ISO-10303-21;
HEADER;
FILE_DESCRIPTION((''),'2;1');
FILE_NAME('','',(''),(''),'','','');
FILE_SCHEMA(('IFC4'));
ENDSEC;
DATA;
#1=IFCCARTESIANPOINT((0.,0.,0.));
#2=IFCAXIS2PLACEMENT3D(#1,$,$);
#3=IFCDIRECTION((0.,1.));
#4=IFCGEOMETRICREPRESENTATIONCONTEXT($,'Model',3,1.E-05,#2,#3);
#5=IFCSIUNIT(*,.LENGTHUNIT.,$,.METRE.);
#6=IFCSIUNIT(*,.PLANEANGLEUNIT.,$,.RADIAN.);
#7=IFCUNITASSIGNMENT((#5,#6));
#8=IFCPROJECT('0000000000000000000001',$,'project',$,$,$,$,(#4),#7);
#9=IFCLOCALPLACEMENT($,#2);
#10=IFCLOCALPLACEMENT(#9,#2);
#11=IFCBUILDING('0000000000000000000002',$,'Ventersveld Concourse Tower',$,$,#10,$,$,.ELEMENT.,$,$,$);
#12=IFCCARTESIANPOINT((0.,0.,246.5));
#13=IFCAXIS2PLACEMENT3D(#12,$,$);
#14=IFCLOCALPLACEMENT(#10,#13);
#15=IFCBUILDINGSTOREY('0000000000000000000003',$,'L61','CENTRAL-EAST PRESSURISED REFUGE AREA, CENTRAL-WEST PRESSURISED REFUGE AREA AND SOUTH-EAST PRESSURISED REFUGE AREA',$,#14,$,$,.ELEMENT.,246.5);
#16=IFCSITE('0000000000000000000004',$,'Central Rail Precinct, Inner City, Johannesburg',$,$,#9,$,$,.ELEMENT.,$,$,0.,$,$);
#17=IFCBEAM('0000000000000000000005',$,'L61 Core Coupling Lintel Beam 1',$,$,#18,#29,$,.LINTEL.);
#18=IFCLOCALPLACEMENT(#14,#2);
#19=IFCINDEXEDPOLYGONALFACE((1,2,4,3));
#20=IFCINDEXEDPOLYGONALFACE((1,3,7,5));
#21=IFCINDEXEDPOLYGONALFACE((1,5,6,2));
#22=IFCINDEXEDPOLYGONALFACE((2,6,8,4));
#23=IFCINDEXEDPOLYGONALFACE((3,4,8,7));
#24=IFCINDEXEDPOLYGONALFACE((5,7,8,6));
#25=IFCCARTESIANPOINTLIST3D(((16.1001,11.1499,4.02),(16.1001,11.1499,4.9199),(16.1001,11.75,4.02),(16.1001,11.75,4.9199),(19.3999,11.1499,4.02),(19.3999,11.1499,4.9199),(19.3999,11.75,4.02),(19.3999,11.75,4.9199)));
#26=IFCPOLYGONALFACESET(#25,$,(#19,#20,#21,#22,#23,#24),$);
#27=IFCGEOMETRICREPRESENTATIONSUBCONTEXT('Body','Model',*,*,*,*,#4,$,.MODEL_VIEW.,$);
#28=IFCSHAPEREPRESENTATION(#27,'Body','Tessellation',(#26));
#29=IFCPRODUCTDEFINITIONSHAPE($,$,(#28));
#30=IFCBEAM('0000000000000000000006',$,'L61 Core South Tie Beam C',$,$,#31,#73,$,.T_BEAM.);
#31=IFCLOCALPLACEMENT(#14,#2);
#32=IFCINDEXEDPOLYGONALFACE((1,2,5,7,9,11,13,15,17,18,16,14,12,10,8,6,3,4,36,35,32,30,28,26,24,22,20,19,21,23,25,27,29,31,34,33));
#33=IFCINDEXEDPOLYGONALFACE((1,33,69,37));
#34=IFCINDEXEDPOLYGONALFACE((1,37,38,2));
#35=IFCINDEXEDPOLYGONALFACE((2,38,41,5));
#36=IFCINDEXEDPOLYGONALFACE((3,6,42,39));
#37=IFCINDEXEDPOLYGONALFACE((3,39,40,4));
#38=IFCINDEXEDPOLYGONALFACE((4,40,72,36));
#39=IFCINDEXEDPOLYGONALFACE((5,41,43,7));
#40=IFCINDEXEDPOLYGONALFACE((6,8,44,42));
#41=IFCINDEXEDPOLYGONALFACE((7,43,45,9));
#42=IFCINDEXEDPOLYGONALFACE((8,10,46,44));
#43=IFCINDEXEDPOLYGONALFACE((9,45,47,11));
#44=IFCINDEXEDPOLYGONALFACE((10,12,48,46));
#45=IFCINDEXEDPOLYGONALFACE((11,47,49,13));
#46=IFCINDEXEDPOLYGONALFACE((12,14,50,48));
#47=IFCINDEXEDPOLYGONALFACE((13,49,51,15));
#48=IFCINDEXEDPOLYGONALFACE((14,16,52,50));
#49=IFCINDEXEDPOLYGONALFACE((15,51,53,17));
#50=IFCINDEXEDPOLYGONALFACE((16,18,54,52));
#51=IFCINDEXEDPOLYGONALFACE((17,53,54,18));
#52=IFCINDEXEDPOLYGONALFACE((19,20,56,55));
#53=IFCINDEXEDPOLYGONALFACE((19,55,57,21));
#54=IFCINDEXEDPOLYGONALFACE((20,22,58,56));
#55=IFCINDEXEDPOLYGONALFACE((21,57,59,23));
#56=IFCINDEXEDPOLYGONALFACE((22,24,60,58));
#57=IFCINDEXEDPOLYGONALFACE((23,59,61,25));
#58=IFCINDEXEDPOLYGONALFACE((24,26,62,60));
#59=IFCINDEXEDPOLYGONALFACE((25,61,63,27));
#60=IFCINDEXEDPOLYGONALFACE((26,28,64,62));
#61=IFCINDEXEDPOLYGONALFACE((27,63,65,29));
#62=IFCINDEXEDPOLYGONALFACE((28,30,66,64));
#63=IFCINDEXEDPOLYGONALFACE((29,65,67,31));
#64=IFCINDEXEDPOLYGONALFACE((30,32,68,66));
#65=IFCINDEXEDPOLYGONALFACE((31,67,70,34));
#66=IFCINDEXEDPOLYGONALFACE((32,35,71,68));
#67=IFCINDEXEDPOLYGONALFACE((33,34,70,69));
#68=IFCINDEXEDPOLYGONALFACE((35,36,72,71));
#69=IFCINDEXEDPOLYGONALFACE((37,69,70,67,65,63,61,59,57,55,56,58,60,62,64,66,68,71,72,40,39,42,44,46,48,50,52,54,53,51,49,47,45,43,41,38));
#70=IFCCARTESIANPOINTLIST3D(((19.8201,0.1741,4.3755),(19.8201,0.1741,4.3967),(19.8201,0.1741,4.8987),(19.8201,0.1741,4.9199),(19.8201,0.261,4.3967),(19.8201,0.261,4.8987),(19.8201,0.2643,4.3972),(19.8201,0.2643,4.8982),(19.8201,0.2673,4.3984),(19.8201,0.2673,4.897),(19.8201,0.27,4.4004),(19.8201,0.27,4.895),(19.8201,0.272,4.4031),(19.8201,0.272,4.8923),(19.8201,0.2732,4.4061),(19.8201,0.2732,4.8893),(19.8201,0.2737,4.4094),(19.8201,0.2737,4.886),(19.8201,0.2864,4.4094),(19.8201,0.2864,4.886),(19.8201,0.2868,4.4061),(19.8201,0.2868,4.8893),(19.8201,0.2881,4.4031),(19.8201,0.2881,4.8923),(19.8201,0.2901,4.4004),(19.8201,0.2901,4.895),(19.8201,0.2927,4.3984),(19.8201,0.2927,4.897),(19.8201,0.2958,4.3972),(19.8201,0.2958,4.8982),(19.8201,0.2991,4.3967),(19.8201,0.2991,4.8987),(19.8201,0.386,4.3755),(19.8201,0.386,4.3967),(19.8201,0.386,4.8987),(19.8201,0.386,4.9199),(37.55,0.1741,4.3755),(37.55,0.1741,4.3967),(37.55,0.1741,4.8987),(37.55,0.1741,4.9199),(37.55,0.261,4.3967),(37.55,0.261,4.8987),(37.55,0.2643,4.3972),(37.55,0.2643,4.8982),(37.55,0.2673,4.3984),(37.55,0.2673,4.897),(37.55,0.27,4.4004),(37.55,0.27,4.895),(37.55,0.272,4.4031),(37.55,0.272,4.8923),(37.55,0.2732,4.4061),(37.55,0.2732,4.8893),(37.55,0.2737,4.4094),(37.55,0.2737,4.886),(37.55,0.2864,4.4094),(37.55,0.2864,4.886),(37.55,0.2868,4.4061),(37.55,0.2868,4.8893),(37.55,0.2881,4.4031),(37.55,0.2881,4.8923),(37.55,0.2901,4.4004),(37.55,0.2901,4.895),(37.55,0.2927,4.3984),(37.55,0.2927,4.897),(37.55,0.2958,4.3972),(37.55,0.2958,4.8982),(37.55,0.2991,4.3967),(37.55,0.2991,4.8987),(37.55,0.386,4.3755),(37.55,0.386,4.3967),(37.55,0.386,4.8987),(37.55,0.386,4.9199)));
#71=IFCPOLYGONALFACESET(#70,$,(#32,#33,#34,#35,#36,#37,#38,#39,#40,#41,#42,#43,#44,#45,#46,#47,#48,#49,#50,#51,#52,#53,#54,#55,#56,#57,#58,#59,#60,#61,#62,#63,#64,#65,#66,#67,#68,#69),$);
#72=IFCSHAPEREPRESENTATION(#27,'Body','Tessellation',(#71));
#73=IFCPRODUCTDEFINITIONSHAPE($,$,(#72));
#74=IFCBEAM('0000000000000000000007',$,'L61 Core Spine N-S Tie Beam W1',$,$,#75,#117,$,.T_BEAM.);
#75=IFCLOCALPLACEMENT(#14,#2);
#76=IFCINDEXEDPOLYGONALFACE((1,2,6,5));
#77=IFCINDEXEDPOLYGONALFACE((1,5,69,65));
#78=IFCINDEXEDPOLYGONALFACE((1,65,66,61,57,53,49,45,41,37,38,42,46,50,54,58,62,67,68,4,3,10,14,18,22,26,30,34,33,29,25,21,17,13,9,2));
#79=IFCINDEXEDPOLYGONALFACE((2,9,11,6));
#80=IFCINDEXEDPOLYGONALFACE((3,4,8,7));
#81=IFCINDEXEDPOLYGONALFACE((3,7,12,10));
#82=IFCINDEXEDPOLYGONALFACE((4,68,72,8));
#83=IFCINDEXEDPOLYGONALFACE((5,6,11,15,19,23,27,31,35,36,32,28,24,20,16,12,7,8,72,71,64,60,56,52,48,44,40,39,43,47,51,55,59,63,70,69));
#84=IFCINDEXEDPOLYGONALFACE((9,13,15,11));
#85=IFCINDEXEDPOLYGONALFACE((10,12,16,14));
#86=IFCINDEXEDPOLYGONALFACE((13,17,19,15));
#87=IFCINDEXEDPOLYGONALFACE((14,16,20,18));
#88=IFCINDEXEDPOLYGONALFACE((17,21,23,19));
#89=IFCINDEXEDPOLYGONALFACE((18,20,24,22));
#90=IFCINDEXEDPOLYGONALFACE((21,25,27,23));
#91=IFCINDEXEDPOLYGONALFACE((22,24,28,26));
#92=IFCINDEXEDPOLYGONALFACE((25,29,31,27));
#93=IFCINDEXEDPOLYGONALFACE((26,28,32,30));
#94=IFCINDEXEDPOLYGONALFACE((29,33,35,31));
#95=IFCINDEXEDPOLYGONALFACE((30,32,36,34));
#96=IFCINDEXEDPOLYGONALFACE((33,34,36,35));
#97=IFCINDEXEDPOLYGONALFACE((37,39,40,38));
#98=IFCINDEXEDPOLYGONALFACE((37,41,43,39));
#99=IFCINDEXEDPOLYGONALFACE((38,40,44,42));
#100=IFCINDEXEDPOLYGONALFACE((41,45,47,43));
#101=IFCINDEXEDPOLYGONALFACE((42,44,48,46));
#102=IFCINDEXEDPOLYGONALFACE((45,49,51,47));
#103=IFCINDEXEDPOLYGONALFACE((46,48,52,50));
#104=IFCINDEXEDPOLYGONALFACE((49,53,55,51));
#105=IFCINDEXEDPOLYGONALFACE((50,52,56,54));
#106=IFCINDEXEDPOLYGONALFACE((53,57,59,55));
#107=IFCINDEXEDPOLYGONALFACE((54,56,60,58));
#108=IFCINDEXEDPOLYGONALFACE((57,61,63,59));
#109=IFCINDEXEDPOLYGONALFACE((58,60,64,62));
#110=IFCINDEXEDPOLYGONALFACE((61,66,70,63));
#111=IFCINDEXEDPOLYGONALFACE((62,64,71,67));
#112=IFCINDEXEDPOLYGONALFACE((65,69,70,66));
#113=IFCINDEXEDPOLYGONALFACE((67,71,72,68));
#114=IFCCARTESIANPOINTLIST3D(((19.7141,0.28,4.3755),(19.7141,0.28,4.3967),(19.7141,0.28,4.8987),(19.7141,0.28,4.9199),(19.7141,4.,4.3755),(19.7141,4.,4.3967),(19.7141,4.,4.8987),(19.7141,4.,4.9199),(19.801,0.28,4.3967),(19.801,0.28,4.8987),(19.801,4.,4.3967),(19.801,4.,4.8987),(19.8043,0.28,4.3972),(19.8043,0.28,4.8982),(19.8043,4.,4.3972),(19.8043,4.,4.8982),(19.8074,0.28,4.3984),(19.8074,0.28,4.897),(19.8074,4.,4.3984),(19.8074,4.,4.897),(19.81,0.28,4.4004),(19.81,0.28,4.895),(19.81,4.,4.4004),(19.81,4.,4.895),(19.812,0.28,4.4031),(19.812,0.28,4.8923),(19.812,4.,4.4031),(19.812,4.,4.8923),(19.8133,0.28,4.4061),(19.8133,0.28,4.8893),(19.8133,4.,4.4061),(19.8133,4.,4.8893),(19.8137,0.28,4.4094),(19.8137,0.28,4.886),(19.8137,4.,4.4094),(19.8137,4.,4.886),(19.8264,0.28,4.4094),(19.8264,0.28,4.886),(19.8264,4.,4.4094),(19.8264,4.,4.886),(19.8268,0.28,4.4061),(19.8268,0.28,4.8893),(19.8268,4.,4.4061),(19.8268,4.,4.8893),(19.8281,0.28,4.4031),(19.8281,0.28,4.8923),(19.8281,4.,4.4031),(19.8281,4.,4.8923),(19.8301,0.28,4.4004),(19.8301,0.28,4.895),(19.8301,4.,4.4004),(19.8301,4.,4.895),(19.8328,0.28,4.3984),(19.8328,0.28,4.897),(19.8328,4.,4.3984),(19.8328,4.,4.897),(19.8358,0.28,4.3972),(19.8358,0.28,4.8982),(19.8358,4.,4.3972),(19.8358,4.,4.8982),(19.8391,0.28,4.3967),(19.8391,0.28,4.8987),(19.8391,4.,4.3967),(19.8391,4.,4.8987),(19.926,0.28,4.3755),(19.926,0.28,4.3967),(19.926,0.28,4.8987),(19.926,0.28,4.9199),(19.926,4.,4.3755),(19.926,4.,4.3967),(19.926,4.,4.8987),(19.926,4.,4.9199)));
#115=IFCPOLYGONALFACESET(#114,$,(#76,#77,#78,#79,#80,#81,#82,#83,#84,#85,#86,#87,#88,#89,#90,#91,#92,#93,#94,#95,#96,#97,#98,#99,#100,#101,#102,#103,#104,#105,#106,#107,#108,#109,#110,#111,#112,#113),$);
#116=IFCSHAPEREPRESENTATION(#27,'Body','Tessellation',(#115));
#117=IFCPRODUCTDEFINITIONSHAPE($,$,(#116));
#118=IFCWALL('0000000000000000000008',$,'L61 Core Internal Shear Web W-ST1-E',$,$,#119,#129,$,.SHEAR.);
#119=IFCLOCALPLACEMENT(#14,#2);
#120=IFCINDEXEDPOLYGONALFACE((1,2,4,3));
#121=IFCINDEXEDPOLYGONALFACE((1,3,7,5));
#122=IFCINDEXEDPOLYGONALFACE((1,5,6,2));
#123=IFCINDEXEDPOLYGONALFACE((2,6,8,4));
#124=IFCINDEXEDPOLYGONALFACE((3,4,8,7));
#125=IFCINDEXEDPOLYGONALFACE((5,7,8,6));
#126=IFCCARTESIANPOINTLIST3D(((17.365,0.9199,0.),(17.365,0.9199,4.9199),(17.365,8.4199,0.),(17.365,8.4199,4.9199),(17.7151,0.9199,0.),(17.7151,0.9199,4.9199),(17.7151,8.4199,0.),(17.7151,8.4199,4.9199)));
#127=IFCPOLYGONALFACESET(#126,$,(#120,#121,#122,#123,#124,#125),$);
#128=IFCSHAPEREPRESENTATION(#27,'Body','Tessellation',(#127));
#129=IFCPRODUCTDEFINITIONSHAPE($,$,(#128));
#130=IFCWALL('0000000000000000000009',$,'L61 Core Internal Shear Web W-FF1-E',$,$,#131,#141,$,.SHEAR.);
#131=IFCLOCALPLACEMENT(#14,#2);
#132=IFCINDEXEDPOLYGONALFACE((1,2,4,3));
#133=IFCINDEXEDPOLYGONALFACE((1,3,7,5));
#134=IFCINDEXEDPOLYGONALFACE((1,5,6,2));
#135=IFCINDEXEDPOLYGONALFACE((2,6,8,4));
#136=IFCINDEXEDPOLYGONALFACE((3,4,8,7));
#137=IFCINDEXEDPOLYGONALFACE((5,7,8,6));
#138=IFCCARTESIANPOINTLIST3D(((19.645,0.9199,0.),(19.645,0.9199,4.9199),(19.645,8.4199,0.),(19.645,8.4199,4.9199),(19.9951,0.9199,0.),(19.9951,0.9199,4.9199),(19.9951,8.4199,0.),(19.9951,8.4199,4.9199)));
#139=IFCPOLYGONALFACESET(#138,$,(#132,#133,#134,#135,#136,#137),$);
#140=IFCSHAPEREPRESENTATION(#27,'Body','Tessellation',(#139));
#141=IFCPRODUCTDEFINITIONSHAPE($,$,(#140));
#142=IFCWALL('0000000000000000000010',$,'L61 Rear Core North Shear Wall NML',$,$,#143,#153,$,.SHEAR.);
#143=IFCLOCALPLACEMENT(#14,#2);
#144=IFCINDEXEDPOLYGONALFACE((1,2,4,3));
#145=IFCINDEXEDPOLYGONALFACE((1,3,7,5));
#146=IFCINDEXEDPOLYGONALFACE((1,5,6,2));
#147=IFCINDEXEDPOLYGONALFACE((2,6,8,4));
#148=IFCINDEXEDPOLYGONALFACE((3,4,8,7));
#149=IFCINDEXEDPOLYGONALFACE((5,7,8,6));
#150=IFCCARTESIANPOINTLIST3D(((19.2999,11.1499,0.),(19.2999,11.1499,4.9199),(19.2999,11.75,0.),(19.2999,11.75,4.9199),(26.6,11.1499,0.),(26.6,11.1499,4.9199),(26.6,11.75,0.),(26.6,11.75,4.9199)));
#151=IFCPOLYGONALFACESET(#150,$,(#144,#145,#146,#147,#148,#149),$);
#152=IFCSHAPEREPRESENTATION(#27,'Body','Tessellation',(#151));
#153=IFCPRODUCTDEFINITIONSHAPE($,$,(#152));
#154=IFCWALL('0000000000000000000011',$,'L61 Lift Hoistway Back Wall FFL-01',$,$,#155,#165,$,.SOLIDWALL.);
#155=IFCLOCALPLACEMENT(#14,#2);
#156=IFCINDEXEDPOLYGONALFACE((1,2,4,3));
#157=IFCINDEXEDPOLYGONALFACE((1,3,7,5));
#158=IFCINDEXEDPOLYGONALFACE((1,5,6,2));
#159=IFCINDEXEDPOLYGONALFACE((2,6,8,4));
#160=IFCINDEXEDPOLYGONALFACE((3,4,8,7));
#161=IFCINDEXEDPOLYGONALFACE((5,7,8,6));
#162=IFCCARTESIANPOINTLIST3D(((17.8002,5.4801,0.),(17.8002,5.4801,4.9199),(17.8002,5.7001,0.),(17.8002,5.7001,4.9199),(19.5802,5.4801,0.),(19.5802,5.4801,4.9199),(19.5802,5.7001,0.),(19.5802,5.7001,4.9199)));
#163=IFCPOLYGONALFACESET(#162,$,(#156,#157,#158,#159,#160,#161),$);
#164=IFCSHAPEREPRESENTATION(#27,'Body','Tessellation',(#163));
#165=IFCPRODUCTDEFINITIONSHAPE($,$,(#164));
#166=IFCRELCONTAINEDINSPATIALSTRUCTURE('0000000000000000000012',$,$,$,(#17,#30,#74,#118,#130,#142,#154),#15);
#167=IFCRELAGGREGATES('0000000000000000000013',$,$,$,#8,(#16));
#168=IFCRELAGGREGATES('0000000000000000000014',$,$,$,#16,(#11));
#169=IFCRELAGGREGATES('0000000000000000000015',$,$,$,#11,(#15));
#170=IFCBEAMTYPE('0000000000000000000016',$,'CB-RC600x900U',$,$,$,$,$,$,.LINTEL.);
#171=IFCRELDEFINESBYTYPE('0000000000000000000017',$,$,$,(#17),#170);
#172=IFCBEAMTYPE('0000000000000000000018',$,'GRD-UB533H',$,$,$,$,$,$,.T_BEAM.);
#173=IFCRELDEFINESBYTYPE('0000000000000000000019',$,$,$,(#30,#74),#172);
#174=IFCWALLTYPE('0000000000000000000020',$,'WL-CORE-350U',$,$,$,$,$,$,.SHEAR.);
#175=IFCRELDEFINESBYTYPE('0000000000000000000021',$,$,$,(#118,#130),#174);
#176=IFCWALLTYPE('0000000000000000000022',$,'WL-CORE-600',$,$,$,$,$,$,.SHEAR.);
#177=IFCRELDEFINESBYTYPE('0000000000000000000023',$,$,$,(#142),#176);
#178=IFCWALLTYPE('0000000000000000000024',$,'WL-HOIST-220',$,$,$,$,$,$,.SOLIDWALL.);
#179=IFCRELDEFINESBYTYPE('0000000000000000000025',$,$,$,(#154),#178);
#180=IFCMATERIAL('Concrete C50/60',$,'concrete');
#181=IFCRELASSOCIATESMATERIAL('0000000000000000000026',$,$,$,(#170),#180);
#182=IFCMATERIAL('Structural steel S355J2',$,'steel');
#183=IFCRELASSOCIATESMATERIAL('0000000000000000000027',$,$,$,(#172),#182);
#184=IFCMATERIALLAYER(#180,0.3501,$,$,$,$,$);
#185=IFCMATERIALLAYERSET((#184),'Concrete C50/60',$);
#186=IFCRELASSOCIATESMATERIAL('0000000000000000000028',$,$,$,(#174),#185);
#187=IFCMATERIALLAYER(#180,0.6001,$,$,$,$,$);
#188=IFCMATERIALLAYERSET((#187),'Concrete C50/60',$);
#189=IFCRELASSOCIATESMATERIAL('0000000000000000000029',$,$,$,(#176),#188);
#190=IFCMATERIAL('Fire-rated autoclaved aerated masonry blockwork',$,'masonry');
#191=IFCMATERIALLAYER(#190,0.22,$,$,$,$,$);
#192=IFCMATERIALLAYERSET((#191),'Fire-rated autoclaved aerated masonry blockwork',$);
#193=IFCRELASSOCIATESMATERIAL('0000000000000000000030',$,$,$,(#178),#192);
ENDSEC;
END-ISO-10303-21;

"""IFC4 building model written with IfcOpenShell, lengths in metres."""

from ifc_helpers import new_model, si_unit, direction, frame, frame_2d, origin, origin_2d, place, context, subcontext, project, spatial, rectangle, i_section, extrude, material, layer, layer_set, material_profile, profile_set, type_object, element, save


model = new_model("IFC4")

# Units and contexts
model_context = context("Model", 3, precision=1e-05, world=origin(), true_north=direction((0.0, 1.0)))
body_context = subcontext(model_context, "Body", "Model", "MODEL_VIEW")
ifc_project = project(units=[si_unit("LENGTHUNIT", "METRE"), si_unit("PLANEANGLEUNIT", "RADIAN")], contexts=[model_context])

# Site, building, storey
site_placement = place(None, origin())
site = spatial("IfcSite", under=ifc_project, at=site_placement, Name="Central Rail Precinct, Inner City, Johannesburg", CompositionType="ELEMENT", RefElevation=0.0)
building_placement = place(site_placement, origin())
building = spatial("IfcBuilding", under=site, at=building_placement, Name="Ventersveld Concourse Tower", CompositionType="ELEMENT")
storey_placement = place(building_placement, frame((0.0, 0.0, 246.5)))
storey = spatial("IfcBuildingStorey", under=building, at=storey_placement, Name="L61", Description="CENTRAL-EAST PRESSURISED REFUGE AREA, CENTRAL-WEST PRESSURISED REFUGE AREA AND SOUTH-EAST PRESSURISED REFUGE AREA", CompositionType="ELEMENT", Elevation=246.5)

# Beams
ifc_material_1 = material(Name="Concrete C50/60", Category="concrete")
ifc_material_profile_1 = material_profile(ifc_material_1, rectangle(XDim=0.6001, YDim=0.8999, at=origin_2d()), Name="RC 600x900")
ifc_profile_set_1 = profile_set([ifc_material_profile_1], Name="Concrete C50/60")
beam_type_1 = type_object("IfcBeamType", Name="CB-RC600x900U", PredefinedType="LINTEL", material=ifc_profile_set_1)
beam_1_placement = place(storey_placement, frame((16.1001, 11.45, 4.47), z_axis=(1.0, 0.0, 0.0), x_axis=(0.0, 1.0, 0.0)))
element("IfcBeam", 1, at=beam_1_placement, inside=storey, type_object=beam_type_1, Name="L61 Core Coupling Lintel Beam 1", PredefinedType="LINTEL", context=body_context, shape_type="SweptSolid", body=[
    extrude(rectangle(XDim=0.6001, YDim=0.8999, at=origin_2d()), origin(), (0.0, 0.0, 1.0), 3.2998),
])
ifc_material_2 = material(Name="Structural steel S355J2", Category="steel")
ifc_material_profile_2 = material_profile(ifc_material_2, i_section(OverallWidth=0.2119, OverallDepth=0.5444, WebThickness=0.0127, FlangeThickness=0.0212, FilletRadius=0.0127, at=origin_2d()), Name="UB 533x210x122")
ifc_profile_set_2 = profile_set([ifc_material_profile_2], Name="Structural steel S355J2")
beam_type_2 = type_object("IfcBeamType", Name="GRD-UB533H", PredefinedType="T_BEAM", material=ifc_profile_set_2)
beam_2_placement = place(storey_placement, frame((19.8201, 0.28, 4.6477), z_axis=(1.0, 0.0, 0.0), x_axis=(0.0, 1.0, 0.0)))
element("IfcBeam", 2, at=beam_2_placement, inside=storey, type_object=beam_type_2, Name="L61 Core South Tie Beam C", PredefinedType="T_BEAM", context=body_context, shape_type="SweptSolid", body=[
    extrude(i_section(OverallWidth=0.2119, OverallDepth=0.5444, WebThickness=0.0127, FlangeThickness=0.0212, FilletRadius=0.0127, at=origin_2d()), origin(), (0.0, 0.0, 1.0), 17.73),
])
beam_3_placement = place(storey_placement, frame((19.8201, 0.28, 4.6477), z_axis=(0.0, 1.0, 0.0), x_axis=(-1.0, 0.0, 0.0)))
element("IfcBeam", 3, at=beam_3_placement, inside=storey, type_object=beam_type_2, Name="L61 Core Spine N-S Tie Beam W1", PredefinedType="T_BEAM", context=body_context, shape_type="SweptSolid", body=[
    extrude(i_section(OverallWidth=0.2119, OverallDepth=0.5444, WebThickness=0.0127, FlangeThickness=0.0212, FilletRadius=0.0127, at=origin_2d()), origin(), (0.0, 0.0, 1.0), 3.72),
])

# Walls
ifc_layer_1 = layer(ifc_material_1, 0.3501)
ifc_layer_set_1 = layer_set([ifc_layer_1], Name="Concrete C50/60")
wall_type_1 = type_object("IfcWallType", Name="WL-CORE-350U", PredefinedType="SHEAR", material=ifc_layer_set_1)
for number, where, z_axis, x_axis, name in (
    (4, (17.54, 0.9199, 0.0), (0.0, 0.0, 1.0), (0.0, 1.0, 0.0), "L61 Core Internal Shear Web W-ST1-E"),
    (5, (19.8201, 0.9199, 0.0), (0.0, 0.0, 1.0), (0.0, 1.0, 0.0), "L61 Core Internal Shear Web W-FF1-E"),
):
    element("IfcWall", number, at=place(storey_placement, frame(where, z_axis=z_axis, x_axis=x_axis)), inside=storey, type_object=wall_type_1, Name=name, PredefinedType="SHEAR", context=body_context, shape_type="SweptSolid", body=[
        extrude(rectangle(XDim=7.5, YDim=0.3501, at=frame_2d((3.75, 0.0))), origin(), (0.0, 0.0, 1.0), 4.9199),
    ])
ifc_layer_2 = layer(ifc_material_1, 0.6001)
ifc_layer_set_2 = layer_set([ifc_layer_2], Name="Concrete C50/60")
wall_type_2 = type_object("IfcWallType", Name="WL-CORE-600", PredefinedType="SHEAR", material=ifc_layer_set_2)
wall_1_placement = place(storey_placement, frame((19.3, 11.45, 0.0), z_axis=(0.0, 0.0, 1.0), x_axis=(1.0, 0.0, 0.0)))
element("IfcWall", 6, at=wall_1_placement, inside=storey, type_object=wall_type_2, Name="L61 Rear Core North Shear Wall NML", PredefinedType="SHEAR", context=body_context, shape_type="SweptSolid", body=[
    extrude(rectangle(XDim=7.3, YDim=0.6001, at=frame_2d((3.6499, 0.0))), origin(), (0.0, 0.0, 1.0), 4.9199),
])
ifc_material_3 = material(Name="Fire-rated autoclaved aerated masonry blockwork", Category="masonry")
ifc_layer_3 = layer(ifc_material_3, 0.22)
ifc_layer_set_3 = layer_set([ifc_layer_3], Name="Fire-rated autoclaved aerated masonry blockwork")
wall_type_3 = type_object("IfcWallType", Name="WL-HOIST-220", PredefinedType="SOLIDWALL", material=ifc_layer_set_3)
wall_2_placement = place(storey_placement, frame((17.8, 5.5901, 0.0), z_axis=(0.0, 0.0, 1.0), x_axis=(1.0, 0.0, 0.0)))
element("IfcWall", 7, at=wall_2_placement, inside=storey, type_object=wall_type_3, Name="L61 Lift Hoistway Back Wall FFL-01", PredefinedType="SOLIDWALL", context=body_context, shape_type="SweptSolid", body=[
    extrude(rectangle(XDim=1.78, YDim=0.22, at=frame_2d((0.8901, 0.0))), origin(), (0.0, 0.0, 1.0), 4.9199),
])

save(model, "model.ifc")
